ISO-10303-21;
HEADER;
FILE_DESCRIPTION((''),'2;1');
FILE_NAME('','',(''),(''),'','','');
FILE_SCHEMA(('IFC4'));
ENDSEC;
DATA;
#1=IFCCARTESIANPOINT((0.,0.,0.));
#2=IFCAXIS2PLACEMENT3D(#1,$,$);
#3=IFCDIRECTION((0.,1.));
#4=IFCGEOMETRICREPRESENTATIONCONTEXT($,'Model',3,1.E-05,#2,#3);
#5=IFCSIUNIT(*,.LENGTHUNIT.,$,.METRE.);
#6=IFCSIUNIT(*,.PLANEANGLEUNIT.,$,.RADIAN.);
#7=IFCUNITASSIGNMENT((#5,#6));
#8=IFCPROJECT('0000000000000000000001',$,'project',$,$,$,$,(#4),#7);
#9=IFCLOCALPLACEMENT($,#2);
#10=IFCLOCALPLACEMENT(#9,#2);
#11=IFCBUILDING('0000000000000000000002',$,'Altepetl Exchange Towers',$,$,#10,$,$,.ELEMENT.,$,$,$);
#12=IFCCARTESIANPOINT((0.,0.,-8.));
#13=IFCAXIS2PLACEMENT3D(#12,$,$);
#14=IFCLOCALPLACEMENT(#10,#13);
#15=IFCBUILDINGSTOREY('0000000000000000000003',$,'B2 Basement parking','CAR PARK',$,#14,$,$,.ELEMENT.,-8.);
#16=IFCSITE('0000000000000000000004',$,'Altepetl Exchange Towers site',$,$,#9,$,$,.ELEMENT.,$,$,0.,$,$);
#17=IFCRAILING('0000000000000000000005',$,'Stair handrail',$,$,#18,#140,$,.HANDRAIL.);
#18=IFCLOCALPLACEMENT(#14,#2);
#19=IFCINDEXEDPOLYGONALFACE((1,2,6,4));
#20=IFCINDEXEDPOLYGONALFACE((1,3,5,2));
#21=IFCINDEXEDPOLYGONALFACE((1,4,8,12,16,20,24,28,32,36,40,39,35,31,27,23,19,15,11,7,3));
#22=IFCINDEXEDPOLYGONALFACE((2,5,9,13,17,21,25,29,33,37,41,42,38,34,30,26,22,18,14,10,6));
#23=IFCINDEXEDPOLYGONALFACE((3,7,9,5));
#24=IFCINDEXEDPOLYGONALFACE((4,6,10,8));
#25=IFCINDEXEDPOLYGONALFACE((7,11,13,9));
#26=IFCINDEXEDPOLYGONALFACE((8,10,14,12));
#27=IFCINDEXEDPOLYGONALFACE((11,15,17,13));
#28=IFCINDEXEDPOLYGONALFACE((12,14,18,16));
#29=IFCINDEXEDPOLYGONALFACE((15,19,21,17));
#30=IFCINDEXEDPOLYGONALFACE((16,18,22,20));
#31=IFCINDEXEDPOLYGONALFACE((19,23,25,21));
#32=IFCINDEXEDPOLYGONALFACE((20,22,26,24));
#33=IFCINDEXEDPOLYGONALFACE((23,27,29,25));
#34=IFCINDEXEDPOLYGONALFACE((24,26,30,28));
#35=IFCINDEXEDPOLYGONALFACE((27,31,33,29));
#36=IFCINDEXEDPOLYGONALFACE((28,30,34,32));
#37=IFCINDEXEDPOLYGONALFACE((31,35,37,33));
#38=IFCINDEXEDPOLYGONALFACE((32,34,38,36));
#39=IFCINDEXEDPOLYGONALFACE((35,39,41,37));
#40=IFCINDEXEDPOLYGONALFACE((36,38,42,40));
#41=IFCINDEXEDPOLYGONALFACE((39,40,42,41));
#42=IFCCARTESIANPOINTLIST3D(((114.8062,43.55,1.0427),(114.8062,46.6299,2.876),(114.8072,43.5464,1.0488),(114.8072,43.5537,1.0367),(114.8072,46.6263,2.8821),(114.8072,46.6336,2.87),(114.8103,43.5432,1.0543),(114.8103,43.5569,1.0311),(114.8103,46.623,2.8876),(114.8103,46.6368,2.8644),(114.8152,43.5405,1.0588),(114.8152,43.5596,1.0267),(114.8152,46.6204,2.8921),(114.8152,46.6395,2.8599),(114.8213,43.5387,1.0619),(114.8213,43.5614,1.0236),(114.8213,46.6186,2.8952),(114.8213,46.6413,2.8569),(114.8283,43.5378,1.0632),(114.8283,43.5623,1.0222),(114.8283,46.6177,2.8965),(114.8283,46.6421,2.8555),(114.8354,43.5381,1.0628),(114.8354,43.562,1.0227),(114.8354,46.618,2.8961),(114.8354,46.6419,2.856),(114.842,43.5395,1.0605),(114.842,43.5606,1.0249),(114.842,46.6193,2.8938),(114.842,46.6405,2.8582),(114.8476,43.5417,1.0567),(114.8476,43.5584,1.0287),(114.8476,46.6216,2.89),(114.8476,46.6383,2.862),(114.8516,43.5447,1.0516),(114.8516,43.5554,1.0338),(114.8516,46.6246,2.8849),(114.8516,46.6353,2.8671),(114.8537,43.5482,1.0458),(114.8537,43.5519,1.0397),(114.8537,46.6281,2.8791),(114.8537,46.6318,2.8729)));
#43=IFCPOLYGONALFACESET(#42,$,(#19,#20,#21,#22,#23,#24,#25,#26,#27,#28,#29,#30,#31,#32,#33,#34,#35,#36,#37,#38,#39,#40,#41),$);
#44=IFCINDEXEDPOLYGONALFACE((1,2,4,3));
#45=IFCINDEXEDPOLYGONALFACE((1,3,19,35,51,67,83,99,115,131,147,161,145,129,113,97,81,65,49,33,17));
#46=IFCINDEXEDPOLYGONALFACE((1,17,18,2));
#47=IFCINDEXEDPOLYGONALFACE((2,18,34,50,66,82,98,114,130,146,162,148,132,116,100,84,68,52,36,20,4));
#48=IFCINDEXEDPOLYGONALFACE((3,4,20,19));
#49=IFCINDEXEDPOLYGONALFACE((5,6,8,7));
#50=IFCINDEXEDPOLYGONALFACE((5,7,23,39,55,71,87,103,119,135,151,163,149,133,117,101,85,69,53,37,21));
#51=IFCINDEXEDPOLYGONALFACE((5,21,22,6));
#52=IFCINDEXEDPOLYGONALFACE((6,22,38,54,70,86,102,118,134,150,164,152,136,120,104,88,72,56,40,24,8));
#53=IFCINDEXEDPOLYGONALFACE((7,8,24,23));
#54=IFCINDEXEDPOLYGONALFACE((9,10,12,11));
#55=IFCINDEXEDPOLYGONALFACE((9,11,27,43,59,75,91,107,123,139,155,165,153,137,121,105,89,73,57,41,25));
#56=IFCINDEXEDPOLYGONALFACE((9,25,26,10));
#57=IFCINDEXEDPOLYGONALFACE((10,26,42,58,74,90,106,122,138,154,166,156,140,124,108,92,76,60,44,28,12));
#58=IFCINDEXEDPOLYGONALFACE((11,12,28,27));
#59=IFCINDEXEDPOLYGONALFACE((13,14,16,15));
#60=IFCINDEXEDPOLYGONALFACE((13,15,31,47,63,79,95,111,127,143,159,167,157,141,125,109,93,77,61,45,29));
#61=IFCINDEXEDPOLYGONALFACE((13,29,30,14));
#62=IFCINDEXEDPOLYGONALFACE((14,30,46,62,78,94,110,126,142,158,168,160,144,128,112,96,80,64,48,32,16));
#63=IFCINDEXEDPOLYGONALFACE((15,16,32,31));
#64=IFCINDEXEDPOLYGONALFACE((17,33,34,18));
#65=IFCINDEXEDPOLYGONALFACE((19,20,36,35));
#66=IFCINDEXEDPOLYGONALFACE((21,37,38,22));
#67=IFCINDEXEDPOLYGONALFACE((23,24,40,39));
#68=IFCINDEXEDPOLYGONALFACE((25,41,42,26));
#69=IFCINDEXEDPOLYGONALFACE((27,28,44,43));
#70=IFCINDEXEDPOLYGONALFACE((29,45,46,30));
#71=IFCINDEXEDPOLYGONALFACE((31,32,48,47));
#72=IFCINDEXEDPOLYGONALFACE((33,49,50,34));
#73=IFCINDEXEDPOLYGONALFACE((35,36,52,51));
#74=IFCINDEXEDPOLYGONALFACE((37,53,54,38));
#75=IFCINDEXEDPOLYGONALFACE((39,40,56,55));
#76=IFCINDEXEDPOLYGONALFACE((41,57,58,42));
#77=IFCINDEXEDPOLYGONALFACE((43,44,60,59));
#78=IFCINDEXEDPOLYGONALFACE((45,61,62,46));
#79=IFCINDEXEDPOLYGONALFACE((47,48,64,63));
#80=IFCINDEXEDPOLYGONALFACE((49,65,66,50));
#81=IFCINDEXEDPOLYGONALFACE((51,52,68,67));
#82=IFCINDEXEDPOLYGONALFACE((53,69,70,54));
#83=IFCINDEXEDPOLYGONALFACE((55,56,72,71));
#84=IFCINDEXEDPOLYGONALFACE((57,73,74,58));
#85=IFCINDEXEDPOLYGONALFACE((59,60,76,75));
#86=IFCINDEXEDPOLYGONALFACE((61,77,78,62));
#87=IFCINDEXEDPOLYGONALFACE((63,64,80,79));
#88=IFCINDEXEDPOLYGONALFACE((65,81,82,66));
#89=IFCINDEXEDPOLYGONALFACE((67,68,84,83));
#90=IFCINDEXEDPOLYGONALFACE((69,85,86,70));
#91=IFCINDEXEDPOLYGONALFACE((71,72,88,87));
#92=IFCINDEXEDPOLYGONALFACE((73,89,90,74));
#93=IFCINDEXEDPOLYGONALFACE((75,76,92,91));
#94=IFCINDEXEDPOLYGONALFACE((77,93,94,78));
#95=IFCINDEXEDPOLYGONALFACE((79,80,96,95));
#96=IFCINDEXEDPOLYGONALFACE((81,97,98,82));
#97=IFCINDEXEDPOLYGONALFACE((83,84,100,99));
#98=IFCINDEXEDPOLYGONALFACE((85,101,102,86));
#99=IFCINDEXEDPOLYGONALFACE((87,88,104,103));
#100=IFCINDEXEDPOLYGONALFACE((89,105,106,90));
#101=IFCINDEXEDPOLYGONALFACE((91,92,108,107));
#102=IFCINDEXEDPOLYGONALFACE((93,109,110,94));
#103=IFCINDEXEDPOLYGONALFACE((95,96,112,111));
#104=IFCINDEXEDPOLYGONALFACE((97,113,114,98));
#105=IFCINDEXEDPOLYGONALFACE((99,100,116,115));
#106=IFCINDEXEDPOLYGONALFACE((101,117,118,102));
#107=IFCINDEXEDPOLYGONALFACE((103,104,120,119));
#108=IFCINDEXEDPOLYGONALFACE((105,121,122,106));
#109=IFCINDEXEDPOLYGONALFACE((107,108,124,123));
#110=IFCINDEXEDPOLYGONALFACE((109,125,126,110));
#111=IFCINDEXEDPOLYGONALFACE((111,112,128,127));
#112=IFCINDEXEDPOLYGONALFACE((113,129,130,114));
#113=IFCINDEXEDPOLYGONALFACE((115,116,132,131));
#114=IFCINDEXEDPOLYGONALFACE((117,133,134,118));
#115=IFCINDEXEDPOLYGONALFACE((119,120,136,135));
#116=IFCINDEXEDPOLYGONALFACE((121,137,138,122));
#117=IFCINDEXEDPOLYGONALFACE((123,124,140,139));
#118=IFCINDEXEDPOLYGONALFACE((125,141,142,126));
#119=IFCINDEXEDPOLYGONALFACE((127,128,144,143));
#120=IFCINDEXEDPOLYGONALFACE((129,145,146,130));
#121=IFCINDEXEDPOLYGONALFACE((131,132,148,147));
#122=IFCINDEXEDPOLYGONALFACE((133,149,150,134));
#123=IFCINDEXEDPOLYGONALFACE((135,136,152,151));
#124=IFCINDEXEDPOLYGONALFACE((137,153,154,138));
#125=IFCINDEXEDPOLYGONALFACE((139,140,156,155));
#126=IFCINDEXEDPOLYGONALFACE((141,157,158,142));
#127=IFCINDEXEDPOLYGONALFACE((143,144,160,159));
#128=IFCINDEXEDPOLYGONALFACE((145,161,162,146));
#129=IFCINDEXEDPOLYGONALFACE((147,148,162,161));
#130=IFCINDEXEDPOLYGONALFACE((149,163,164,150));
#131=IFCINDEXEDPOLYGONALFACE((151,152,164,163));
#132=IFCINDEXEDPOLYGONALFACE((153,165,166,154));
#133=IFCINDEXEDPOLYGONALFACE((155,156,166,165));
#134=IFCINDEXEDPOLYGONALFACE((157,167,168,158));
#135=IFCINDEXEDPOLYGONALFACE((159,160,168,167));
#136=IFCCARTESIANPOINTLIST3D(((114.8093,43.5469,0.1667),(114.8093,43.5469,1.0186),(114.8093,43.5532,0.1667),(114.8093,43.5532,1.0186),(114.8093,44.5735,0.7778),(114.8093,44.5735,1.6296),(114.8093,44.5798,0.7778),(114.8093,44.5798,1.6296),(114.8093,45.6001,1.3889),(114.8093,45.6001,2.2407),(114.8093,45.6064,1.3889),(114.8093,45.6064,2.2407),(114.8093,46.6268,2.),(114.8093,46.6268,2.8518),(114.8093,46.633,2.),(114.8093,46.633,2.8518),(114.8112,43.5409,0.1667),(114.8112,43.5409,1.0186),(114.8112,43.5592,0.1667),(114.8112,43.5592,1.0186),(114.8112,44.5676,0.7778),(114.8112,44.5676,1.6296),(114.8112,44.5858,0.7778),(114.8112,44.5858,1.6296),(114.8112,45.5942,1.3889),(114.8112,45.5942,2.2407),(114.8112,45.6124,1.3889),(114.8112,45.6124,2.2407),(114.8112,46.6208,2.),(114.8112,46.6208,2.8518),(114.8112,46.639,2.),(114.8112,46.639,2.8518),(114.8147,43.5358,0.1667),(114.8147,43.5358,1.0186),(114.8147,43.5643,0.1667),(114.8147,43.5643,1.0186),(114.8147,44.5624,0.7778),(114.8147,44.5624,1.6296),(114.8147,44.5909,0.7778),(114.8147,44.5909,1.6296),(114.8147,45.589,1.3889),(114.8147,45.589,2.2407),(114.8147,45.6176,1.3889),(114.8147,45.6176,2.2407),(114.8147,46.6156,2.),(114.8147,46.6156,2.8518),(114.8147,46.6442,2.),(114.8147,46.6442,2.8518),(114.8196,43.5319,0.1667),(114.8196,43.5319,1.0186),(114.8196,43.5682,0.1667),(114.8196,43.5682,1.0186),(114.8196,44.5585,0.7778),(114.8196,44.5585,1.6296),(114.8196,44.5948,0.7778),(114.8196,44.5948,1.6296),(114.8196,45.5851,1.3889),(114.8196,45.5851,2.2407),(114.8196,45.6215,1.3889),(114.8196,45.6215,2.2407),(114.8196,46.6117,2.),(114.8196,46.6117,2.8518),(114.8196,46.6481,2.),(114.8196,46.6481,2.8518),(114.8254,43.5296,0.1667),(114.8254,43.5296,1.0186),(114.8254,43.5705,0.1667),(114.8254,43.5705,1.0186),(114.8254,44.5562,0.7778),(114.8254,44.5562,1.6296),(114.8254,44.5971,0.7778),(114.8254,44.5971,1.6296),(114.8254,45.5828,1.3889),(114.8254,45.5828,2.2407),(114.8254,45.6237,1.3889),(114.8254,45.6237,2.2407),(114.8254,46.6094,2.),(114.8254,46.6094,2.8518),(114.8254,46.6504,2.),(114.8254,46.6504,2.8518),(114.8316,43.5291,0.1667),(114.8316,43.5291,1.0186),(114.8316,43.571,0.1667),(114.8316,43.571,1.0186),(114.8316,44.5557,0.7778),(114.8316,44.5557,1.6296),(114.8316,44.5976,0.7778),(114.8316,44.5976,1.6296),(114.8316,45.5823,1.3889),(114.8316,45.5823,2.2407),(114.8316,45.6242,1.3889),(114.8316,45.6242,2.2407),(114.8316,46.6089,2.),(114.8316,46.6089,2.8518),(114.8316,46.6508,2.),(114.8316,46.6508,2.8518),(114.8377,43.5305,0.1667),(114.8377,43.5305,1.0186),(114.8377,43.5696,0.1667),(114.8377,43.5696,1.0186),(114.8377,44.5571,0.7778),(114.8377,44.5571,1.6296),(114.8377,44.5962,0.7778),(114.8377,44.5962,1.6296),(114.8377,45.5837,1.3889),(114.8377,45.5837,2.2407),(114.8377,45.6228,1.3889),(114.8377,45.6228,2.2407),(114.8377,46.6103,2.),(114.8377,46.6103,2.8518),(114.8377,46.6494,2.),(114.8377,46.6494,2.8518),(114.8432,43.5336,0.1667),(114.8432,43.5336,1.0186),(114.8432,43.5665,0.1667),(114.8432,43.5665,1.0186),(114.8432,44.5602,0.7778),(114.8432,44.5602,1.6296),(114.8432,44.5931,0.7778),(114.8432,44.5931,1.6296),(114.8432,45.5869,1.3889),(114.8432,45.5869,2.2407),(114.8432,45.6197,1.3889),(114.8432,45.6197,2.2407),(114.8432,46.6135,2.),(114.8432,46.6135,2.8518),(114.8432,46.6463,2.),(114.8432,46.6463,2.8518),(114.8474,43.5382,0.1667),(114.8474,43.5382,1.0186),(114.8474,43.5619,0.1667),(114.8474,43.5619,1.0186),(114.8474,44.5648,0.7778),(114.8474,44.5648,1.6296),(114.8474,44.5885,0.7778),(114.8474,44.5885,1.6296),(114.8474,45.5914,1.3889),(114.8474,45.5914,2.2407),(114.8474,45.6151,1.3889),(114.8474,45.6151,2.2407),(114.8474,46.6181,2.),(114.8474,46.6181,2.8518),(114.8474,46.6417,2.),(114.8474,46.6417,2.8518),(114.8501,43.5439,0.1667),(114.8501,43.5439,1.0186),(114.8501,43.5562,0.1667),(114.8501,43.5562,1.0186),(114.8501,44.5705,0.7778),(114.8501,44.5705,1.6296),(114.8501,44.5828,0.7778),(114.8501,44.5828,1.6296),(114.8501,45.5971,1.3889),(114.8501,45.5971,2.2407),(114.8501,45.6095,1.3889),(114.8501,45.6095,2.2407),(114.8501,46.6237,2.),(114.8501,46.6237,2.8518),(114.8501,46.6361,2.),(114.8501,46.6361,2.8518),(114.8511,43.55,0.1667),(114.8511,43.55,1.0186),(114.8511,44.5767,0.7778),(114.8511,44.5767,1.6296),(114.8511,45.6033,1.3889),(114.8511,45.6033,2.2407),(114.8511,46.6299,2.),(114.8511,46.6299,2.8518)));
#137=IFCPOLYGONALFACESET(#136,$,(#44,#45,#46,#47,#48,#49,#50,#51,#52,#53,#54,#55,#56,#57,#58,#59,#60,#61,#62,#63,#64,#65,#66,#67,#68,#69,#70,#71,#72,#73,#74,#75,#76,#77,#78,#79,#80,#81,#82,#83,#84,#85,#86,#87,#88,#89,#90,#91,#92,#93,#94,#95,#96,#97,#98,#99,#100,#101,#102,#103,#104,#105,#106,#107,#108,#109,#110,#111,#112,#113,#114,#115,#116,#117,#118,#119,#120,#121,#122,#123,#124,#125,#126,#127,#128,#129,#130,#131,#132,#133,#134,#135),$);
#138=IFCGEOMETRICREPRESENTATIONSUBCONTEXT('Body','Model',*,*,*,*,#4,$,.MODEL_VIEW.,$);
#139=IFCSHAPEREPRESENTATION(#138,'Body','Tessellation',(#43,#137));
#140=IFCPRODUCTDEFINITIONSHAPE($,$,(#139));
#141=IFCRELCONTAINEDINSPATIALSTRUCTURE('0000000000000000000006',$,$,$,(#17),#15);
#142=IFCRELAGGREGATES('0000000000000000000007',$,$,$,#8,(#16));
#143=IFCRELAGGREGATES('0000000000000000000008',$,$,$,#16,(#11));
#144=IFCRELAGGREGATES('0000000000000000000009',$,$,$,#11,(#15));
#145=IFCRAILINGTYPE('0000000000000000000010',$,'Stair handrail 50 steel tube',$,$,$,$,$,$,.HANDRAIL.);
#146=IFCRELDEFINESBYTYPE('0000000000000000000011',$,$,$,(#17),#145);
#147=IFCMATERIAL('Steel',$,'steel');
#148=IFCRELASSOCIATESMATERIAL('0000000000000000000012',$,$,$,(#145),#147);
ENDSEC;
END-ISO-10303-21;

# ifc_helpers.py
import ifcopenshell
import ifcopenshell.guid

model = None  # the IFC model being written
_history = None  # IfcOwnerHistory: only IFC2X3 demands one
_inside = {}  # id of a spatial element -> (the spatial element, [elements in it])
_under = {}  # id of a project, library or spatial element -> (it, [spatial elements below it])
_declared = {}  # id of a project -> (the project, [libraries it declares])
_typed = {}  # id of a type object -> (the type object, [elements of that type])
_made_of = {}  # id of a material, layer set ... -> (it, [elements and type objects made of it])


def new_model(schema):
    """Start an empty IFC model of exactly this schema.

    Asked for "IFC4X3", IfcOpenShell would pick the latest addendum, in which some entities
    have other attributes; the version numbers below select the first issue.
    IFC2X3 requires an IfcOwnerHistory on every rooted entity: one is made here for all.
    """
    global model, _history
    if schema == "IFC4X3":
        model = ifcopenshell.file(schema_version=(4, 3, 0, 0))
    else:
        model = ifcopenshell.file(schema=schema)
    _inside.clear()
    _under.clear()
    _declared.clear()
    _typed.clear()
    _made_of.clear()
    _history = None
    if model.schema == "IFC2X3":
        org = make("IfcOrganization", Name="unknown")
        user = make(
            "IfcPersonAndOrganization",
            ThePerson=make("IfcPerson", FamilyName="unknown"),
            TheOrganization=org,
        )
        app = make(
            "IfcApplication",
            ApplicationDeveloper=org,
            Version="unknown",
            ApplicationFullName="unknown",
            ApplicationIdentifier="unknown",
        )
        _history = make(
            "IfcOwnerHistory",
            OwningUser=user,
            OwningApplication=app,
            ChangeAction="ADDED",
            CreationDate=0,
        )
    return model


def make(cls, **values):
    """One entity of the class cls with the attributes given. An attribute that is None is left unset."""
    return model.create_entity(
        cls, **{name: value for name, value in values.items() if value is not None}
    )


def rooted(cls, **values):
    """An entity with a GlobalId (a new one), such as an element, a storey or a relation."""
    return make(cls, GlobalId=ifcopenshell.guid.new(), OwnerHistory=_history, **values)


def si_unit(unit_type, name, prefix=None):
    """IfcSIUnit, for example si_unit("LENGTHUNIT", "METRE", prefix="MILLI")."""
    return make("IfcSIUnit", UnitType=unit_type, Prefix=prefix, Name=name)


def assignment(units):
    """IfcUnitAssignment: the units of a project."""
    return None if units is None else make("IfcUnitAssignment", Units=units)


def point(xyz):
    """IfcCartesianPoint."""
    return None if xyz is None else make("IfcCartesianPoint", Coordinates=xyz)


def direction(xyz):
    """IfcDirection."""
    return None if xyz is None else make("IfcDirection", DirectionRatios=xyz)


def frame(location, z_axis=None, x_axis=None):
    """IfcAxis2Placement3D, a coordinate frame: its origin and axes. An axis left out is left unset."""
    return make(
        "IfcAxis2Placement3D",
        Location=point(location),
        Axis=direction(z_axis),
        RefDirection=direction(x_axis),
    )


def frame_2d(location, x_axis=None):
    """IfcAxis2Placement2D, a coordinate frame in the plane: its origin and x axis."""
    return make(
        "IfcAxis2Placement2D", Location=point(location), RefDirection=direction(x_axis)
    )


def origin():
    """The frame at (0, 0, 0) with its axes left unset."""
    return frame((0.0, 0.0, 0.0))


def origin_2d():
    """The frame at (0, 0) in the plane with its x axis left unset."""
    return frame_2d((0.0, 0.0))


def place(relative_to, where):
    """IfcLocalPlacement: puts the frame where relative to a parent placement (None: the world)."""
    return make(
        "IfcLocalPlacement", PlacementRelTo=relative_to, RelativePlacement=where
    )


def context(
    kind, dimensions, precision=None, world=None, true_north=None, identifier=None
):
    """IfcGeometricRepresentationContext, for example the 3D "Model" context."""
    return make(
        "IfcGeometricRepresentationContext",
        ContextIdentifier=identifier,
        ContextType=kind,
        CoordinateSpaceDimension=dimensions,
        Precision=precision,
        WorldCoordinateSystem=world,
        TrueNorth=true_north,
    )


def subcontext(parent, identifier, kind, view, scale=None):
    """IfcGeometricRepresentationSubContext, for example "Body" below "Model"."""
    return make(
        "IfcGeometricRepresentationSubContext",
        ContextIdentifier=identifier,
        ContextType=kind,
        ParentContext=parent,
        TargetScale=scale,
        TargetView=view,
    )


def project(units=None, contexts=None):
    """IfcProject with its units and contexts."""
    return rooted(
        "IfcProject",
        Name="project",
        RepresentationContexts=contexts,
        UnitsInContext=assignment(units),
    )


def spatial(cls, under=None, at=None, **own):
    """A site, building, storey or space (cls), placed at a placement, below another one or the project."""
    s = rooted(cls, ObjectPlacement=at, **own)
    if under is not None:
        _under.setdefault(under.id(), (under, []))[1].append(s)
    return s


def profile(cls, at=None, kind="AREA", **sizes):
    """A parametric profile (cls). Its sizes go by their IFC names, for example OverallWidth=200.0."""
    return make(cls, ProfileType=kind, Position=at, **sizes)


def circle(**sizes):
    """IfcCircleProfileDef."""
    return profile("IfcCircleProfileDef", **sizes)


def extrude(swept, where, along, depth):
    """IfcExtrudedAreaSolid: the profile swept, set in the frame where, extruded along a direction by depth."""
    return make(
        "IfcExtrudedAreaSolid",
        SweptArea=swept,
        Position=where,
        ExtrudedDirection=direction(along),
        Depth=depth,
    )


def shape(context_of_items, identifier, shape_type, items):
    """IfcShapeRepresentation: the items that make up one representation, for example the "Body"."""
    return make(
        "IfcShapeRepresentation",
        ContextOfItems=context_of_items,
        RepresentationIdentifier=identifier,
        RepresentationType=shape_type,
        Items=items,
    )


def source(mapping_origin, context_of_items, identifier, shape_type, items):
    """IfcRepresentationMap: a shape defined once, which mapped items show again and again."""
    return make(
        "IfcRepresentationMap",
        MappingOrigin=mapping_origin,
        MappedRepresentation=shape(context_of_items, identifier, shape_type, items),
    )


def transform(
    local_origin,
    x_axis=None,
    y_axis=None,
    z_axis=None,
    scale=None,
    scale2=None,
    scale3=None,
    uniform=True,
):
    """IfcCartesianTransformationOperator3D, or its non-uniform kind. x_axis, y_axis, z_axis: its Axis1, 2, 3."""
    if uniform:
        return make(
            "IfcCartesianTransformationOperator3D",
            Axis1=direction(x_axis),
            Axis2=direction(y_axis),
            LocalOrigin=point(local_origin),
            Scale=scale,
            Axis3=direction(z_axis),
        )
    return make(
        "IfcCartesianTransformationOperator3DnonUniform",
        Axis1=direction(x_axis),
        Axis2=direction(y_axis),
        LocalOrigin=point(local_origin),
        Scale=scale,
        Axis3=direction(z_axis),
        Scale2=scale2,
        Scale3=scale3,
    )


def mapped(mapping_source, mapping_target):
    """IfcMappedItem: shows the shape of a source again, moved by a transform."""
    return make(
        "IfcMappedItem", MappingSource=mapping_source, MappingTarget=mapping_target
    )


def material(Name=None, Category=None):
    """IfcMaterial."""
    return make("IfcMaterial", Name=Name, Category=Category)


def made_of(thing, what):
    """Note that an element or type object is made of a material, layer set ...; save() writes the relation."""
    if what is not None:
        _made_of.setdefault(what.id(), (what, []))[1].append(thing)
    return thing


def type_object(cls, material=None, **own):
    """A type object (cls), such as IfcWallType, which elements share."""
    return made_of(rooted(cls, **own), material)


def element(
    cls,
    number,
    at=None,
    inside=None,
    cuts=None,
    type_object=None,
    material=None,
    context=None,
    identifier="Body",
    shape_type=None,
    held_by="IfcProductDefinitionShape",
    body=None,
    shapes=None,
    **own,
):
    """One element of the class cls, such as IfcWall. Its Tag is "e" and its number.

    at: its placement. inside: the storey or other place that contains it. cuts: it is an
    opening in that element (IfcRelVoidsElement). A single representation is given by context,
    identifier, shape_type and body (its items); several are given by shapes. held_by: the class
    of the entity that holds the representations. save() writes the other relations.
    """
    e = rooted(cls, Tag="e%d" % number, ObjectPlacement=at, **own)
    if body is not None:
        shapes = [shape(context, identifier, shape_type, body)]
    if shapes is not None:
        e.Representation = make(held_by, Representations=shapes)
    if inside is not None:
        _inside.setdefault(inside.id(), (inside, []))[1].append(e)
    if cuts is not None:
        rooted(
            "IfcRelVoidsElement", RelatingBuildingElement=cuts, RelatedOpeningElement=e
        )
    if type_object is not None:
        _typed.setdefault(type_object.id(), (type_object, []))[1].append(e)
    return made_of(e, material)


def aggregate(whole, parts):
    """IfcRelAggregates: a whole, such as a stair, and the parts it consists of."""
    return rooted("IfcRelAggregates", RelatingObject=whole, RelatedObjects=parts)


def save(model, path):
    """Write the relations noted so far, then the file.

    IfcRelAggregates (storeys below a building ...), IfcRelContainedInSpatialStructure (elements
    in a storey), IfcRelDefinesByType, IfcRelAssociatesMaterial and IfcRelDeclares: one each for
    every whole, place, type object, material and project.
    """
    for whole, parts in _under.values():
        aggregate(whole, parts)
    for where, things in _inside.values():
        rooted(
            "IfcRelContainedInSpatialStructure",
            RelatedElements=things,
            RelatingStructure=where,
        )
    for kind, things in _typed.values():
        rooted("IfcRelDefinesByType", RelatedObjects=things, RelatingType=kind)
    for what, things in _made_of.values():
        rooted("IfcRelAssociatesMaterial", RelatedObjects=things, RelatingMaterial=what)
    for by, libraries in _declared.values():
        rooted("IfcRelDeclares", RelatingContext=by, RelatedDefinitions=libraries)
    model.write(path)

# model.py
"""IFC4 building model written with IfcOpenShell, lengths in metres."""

from ifc_helpers import new_model, si_unit, direction, frame, origin, origin_2d, place, context, subcontext, project, spatial, circle, extrude, source, transform, mapped, material, type_object, element, save


model = new_model("IFC4")

# Units and contexts
model_context = context("Model", 3, precision=1e-05, world=origin(), true_north=direction((0.0, 1.0)))
body_context = subcontext(model_context, "Body", "Model", "MODEL_VIEW")
ifc_project = project(units=[si_unit("LENGTHUNIT", "METRE"), si_unit("PLANEANGLEUNIT", "RADIAN")], contexts=[model_context])

# Site, building, storey
site_placement = place(None, origin())
site = spatial("IfcSite", under=ifc_project, at=site_placement, Name="Altepetl Exchange Towers site", CompositionType="ELEMENT", RefElevation=0.0)
building_placement = place(site_placement, origin())
building = spatial("IfcBuilding", under=site, at=building_placement, Name="Altepetl Exchange Towers", CompositionType="ELEMENT")
storey_placement = place(building_placement, frame((0.0, 0.0, -8.0)))
storey = spatial("IfcBuildingStorey", under=building, at=storey_placement, Name="B2 Basement parking", Description="CAR PARK", CompositionType="ELEMENT", Elevation=-8.0)

# Railing
ifc_material_1 = material(Name="Steel", Category="steel")
railing_type = type_object("IfcRailingType", Name="Stair handrail 50 steel tube", PredefinedType="HANDRAIL", material=ifc_material_1)
shared_shape = source(origin(), body_context, "Body", "SweptSolid", [
    extrude(circle(Radius=0.021, at=origin_2d()), origin(), (0.0, 0.0, 1.0), 0.8518),
])
railing_placement = place(storey_placement, frame((114.8301, 43.55, 0.1667)))
element("IfcRailing", 1, at=railing_placement, inside=storey, type_object=railing_type, Name="Stair handrail", PredefinedType="HANDRAIL", context=body_context, shape_type="SweptSolid", body=[
    extrude(circle(Radius=0.0239, at=origin_2d()), frame((0.0, 0.0, 0.876), z_axis=(0.0, 0.859291, 0.511487), x_axis=(-1.0, 0.0, 0.0)), (0.0, 0.0, 1.0), 3.5842),
    mapped(shared_shape, transform((0.0, 0.0, 0.0))),
    mapped(shared_shape, transform((0.0, 1.0266, 0.6111))),
    mapped(shared_shape, transform((0.0, 2.0532, 1.2222))),
    mapped(shared_shape, transform((0.0, 3.0798, 1.8333))),
])

save(model, "model.ifc")
